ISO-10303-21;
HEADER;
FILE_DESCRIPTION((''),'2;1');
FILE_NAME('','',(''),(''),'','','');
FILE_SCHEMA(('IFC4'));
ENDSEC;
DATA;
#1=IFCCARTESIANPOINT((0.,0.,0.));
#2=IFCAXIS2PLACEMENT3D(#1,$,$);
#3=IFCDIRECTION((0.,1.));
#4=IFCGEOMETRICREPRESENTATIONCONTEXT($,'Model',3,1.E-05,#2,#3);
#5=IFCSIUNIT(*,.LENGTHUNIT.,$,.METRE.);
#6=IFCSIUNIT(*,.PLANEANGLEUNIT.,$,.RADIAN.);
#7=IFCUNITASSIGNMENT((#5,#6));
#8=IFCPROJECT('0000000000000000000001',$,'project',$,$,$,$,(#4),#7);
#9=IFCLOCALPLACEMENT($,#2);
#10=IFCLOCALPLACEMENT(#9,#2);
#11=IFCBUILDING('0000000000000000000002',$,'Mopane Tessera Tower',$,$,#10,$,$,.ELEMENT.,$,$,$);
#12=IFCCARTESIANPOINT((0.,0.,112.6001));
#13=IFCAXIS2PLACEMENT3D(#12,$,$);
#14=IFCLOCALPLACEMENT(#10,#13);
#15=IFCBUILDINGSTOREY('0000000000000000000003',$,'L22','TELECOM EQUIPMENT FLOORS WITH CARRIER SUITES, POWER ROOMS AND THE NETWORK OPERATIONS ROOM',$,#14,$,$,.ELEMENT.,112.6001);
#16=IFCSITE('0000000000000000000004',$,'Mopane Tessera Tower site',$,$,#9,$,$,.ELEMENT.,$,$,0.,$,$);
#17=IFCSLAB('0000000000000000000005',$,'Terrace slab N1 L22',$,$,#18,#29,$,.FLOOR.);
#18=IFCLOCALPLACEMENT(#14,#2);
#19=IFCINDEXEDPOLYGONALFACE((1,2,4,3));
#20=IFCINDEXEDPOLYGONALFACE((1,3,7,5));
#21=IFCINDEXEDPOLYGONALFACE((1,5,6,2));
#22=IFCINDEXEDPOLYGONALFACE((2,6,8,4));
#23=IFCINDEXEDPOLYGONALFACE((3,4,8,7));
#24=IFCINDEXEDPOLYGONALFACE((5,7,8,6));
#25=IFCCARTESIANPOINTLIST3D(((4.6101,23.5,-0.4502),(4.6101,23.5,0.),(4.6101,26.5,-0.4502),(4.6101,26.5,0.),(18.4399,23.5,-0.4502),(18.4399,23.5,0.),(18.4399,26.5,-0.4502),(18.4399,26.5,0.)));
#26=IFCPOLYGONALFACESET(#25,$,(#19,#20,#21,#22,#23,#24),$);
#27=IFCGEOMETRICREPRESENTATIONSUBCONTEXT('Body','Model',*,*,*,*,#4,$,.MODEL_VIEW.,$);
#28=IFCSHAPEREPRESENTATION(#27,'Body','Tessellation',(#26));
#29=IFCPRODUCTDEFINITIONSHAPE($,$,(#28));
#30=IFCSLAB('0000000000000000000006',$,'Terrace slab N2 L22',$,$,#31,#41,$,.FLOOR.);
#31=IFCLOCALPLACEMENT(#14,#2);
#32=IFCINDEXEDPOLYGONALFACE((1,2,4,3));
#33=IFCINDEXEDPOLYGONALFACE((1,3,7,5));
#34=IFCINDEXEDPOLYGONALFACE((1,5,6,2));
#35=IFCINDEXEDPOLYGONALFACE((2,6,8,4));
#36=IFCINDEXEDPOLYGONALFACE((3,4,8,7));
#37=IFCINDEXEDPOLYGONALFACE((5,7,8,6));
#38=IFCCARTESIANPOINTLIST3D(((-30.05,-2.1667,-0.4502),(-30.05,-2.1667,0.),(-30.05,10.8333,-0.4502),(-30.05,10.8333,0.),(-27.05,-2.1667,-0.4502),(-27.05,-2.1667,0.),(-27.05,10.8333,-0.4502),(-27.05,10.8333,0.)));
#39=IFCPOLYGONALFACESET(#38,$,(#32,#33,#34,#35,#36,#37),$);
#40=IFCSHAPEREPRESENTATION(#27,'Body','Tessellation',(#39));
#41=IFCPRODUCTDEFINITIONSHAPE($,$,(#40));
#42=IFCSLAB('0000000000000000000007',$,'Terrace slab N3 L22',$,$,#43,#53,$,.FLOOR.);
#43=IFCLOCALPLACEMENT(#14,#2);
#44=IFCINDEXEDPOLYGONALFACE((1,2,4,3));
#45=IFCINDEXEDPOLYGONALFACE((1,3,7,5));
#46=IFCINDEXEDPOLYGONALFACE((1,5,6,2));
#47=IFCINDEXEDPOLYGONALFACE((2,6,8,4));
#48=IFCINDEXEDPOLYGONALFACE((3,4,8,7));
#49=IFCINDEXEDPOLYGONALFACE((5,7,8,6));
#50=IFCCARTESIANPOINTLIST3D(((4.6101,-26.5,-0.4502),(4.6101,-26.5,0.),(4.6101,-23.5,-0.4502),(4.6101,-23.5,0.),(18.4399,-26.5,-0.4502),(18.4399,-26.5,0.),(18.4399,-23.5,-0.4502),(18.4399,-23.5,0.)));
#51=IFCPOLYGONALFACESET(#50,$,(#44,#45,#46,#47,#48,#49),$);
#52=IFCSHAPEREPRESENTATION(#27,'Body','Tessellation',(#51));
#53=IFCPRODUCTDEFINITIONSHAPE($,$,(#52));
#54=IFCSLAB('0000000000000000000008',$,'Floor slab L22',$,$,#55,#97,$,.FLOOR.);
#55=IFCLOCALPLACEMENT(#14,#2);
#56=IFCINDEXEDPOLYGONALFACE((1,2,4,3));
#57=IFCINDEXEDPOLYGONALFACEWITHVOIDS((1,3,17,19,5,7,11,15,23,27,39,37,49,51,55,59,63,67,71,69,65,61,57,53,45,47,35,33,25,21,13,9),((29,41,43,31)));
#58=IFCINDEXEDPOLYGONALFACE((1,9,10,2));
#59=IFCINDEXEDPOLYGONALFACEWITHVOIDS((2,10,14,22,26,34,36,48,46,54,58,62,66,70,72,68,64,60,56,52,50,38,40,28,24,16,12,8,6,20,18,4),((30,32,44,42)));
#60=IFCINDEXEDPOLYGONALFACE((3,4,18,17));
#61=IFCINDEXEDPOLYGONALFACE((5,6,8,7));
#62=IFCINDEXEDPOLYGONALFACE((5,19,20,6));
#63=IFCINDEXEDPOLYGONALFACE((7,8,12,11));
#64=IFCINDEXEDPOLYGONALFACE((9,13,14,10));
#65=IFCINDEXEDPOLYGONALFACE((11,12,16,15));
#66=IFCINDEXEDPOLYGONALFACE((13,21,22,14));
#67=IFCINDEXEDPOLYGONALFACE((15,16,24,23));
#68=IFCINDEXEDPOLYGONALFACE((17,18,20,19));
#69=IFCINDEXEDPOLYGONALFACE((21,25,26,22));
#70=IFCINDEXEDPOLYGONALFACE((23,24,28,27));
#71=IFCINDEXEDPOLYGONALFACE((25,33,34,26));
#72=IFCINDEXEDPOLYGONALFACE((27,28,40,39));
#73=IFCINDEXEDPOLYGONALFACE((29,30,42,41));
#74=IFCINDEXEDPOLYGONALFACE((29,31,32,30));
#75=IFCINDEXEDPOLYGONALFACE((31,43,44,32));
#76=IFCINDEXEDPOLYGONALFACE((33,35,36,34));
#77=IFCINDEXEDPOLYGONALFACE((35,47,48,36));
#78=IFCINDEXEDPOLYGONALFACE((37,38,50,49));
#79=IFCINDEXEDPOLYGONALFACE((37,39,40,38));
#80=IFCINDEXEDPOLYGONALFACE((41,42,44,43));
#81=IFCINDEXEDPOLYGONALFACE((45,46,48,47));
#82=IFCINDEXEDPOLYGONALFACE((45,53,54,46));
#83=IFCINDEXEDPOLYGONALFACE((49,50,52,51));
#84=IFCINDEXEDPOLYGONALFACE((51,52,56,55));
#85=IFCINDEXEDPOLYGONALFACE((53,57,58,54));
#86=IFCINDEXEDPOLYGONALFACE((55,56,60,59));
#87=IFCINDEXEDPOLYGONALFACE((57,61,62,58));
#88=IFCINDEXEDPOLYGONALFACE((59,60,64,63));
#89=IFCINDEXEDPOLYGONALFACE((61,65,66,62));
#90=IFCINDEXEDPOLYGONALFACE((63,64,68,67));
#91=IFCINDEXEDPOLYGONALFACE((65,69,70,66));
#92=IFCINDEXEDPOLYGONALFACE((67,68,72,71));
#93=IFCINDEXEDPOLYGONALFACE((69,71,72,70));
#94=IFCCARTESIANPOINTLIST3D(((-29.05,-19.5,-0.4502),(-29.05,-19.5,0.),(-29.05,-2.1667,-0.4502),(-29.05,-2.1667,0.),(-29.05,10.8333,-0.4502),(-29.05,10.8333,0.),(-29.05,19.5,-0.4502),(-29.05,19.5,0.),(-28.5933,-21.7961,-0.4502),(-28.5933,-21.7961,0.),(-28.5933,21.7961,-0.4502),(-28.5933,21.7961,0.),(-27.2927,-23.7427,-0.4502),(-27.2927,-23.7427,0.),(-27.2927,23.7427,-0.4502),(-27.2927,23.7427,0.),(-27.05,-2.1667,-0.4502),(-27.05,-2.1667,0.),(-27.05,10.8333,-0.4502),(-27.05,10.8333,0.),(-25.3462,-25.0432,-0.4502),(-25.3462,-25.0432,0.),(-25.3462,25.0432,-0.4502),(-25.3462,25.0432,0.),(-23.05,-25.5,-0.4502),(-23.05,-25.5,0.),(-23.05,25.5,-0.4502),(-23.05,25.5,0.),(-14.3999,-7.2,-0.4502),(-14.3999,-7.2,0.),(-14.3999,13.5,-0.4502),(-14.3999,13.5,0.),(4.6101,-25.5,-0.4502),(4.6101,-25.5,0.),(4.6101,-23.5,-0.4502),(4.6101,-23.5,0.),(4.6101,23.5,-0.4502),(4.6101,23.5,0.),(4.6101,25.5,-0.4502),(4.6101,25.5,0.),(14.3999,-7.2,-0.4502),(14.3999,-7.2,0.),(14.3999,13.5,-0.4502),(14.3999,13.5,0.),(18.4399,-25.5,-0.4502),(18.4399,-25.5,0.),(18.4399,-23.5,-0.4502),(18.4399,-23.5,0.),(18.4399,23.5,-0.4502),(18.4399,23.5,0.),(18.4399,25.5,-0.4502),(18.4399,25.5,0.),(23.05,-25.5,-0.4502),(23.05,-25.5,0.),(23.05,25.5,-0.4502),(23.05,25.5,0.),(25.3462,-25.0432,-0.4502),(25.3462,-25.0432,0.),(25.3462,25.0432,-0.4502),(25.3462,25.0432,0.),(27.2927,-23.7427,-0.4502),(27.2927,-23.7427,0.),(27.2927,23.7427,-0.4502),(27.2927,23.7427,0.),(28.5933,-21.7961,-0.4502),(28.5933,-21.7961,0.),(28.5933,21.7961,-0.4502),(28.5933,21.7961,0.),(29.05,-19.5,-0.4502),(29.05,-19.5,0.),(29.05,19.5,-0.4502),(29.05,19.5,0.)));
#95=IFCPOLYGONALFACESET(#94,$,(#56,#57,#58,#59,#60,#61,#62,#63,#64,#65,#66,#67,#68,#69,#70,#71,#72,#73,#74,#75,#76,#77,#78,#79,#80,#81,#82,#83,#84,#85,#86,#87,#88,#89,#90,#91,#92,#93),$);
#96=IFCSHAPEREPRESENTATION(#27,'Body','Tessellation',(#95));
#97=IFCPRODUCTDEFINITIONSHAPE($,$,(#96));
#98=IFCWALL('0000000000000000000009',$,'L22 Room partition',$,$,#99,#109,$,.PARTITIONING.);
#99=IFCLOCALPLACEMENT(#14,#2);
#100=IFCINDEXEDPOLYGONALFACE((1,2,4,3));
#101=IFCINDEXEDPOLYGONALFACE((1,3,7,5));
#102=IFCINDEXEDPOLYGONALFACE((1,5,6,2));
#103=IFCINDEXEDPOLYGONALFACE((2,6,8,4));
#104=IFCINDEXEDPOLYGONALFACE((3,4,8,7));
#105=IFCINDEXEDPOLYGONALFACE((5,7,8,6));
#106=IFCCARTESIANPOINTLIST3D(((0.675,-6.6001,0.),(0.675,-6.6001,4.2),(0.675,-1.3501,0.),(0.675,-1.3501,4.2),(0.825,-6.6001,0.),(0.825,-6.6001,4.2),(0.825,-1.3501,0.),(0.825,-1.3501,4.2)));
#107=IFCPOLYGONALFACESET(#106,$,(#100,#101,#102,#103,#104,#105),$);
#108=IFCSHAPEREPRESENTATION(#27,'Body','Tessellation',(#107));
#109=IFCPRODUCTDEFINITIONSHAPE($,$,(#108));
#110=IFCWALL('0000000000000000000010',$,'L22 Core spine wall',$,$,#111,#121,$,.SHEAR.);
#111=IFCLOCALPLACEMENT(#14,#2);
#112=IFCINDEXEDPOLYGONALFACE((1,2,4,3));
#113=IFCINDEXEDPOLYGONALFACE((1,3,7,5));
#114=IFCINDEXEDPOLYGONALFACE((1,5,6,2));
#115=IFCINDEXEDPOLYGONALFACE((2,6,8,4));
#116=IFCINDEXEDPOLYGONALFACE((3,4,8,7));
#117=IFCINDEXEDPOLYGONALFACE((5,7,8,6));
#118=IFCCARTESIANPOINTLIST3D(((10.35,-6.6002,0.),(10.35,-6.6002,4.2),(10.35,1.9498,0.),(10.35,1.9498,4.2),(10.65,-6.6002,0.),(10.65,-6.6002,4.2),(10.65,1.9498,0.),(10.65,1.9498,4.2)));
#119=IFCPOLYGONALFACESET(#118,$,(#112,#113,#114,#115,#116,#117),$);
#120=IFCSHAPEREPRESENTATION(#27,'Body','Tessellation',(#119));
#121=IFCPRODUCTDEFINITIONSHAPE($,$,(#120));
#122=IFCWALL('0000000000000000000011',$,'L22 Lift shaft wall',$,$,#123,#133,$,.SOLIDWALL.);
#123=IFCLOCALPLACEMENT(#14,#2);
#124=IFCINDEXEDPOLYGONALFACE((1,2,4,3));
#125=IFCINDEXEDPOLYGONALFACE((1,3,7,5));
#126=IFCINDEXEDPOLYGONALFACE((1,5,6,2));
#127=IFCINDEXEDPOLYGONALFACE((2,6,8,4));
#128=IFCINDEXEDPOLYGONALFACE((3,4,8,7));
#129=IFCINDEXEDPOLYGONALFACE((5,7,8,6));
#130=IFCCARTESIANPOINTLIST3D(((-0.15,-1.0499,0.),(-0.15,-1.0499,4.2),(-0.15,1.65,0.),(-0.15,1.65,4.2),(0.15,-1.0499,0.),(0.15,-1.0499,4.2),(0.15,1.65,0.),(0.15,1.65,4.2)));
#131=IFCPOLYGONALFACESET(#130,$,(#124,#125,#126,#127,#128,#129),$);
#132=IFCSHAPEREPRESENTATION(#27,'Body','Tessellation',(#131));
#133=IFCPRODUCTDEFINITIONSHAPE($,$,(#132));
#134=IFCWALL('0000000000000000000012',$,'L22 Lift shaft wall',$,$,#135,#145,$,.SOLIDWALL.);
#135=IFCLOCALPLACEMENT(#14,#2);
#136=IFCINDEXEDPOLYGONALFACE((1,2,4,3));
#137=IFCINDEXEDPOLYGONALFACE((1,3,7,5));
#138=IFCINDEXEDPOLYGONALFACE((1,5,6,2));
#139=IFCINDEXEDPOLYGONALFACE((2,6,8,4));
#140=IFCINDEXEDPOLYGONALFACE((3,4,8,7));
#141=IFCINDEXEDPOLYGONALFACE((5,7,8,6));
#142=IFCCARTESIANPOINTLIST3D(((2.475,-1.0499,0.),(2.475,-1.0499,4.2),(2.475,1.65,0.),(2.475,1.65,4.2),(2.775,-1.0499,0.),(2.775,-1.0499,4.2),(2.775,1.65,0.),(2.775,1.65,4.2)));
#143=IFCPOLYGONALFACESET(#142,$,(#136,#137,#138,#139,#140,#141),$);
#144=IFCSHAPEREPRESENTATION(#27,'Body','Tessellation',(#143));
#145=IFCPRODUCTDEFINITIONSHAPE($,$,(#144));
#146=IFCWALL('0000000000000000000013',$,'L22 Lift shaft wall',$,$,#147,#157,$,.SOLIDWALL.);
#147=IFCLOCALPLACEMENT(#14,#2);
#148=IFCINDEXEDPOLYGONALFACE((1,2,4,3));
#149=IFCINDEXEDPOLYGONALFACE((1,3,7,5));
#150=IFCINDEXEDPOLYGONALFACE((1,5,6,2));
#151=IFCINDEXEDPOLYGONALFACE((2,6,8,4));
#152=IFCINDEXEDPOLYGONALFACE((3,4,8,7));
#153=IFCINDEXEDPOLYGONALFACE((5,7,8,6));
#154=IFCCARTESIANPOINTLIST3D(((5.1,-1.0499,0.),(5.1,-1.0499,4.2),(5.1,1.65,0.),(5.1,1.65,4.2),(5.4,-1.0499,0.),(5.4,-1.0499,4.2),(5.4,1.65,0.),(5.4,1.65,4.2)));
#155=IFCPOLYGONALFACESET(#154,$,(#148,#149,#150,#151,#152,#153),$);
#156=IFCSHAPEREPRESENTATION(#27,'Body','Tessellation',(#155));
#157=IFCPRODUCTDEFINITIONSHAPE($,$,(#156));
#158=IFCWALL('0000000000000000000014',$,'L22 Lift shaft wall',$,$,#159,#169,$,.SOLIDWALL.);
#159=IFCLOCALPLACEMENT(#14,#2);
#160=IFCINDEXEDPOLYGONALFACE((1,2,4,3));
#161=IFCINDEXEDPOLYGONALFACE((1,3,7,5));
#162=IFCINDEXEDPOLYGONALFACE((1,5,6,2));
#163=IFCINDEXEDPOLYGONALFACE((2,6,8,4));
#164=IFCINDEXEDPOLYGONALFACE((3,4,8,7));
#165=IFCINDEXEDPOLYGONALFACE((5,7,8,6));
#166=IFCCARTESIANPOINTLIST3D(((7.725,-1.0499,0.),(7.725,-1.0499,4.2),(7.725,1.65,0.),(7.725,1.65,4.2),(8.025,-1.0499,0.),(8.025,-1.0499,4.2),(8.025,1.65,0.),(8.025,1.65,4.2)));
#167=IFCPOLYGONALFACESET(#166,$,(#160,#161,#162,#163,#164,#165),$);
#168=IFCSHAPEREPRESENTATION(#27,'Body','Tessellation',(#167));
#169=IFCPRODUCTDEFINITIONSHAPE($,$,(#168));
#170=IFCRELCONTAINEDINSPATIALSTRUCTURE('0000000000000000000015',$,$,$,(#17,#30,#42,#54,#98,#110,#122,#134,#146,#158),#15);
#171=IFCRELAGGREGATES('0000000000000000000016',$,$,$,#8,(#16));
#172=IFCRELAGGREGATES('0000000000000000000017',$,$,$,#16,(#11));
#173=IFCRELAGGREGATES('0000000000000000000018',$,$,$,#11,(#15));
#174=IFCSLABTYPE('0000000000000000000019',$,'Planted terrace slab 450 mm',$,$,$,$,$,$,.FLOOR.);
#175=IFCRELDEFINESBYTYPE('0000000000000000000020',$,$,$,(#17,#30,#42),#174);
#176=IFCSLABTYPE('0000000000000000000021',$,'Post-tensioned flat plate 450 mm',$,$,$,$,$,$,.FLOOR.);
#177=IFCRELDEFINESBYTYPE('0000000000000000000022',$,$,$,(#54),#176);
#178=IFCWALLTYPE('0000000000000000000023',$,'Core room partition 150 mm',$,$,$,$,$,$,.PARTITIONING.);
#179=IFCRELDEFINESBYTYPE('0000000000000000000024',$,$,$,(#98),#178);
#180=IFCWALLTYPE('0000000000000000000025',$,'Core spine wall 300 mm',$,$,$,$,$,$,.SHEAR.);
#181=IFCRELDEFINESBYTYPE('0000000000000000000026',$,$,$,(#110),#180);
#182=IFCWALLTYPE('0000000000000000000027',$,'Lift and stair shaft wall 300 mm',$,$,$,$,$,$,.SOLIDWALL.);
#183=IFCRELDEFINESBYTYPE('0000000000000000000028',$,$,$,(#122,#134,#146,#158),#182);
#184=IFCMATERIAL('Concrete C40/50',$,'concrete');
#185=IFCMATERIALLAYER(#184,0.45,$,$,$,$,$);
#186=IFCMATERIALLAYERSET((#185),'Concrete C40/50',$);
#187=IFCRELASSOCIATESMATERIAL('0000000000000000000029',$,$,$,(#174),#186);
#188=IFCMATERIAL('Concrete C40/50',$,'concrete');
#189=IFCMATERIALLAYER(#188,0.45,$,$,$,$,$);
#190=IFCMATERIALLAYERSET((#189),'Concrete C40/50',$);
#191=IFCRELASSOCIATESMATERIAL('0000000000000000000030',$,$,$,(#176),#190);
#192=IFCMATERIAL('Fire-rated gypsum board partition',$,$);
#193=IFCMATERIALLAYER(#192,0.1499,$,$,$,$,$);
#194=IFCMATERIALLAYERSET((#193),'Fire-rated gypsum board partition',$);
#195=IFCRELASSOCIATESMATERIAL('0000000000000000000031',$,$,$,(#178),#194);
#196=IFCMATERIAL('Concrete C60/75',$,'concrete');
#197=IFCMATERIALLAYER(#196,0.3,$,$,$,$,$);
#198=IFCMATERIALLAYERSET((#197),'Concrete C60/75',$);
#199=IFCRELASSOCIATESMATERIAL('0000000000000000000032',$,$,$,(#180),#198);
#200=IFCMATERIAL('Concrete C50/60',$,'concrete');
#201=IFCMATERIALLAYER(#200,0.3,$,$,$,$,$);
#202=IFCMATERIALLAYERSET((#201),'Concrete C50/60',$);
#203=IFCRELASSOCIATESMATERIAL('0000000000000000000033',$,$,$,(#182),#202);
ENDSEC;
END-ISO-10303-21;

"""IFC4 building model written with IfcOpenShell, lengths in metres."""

from ifc_helpers import new_model, si_unit, direction, frame, frame_2d, origin, place, context, subcontext, project, spatial, polyline, rectangle, outline, extrude, material, layer, layer_set, type_object, element, save


model = new_model("IFC4")

# Units and contexts
model_context = context("Model", 3, precision=1e-05, world=origin(), true_north=direction((0.0, 1.0)))
body_context = subcontext(model_context, "Body", "Model", "MODEL_VIEW")
ifc_project = project(units=[si_unit("LENGTHUNIT", "METRE"), si_unit("PLANEANGLEUNIT", "RADIAN")], contexts=[model_context])

# Site, building, storey
site_placement = place(None, origin())
site = spatial("IfcSite", under=ifc_project, at=site_placement, Name="Mopane Tessera Tower site", CompositionType="ELEMENT", RefElevation=0.0)
building_placement = place(site_placement, origin())
building = spatial("IfcBuilding", under=site, at=building_placement, Name="Mopane Tessera Tower", CompositionType="ELEMENT")
storey_placement = place(building_placement, frame((0.0, 0.0, 112.6001)))
storey = spatial("IfcBuildingStorey", under=building, at=storey_placement, Name="L22", Description="TELECOM EQUIPMENT FLOORS WITH CARRIER SUITES, POWER ROOMS AND THE NETWORK OPERATIONS ROOM", CompositionType="ELEMENT", Elevation=112.6001)

# Slabs
ifc_material_1 = material(Name="Concrete C40/50", Category="concrete")
ifc_layer_1 = layer(ifc_material_1, 0.45)
ifc_layer_set_1 = layer_set([ifc_layer_1], Name="Concrete C40/50")
slab_type_1 = type_object("IfcSlabType", Name="Planted terrace slab 450 mm", PredefinedType="FLOOR", material=ifc_layer_set_1)
slab_1_placement = place(storey_placement, frame((0.0, 0.0, -0.4502)))
element("IfcSlab", 1, at=slab_1_placement, inside=storey, type_object=slab_type_1, Name="Terrace slab N1 L22", PredefinedType="FLOOR", context=body_context, shape_type="SweptSolid", body=[
    extrude(outline(polyline([(4.6101, 26.5), (4.6101, 23.5), (18.4399, 23.5), (18.4399, 26.5), (4.6101, 26.5)])), origin(), (0.0, 0.0, 1.0), 0.4502),
])
slab_2_placement = place(storey_placement, frame((0.0, 0.0, -0.4502)))
element("IfcSlab", 2, at=slab_2_placement, inside=storey, type_object=slab_type_1, Name="Terrace slab N2 L22", PredefinedType="FLOOR", context=body_context, shape_type="SweptSolid", body=[
    extrude(outline(polyline([(-30.05, -2.1667), (-27.05, -2.1667), (-27.05, 10.8333), (-30.05, 10.8333), (-30.05, -2.1667)])), origin(), (0.0, 0.0, 1.0), 0.4502),
])
slab_3_placement = place(storey_placement, frame((0.0, 0.0, -0.4502)))
element("IfcSlab", 3, at=slab_3_placement, inside=storey, type_object=slab_type_1, Name="Terrace slab N3 L22", PredefinedType="FLOOR", context=body_context, shape_type="SweptSolid", body=[
    extrude(outline(polyline([(18.4399, -26.5), (18.4399, -23.5), (4.6101, -23.5), (4.6101, -26.5), (18.4399, -26.5)])), origin(), (0.0, 0.0, 1.0), 0.4502),
])
ifc_material_2 = material(Name="Concrete C40/50", Category="concrete")
ifc_layer_2 = layer(ifc_material_2, 0.45)
ifc_layer_set_2 = layer_set([ifc_layer_2], Name="Concrete C40/50")
slab_type_2 = type_object("IfcSlabType", Name="Post-tensioned flat plate 450 mm", PredefinedType="FLOOR", material=ifc_layer_set_2)
slab_4_placement = place(storey_placement, frame((0.0, 0.0, -0.4502)))
element("IfcSlab", 4, at=slab_4_placement, inside=storey, type_object=slab_type_2, Name="Floor slab L22", PredefinedType="FLOOR", context=body_context, shape_type="SweptSolid", body=[
    extrude(outline(polyline([(-23.05, -25.5), (4.6101, -25.5), (4.6101, -23.5), (18.4399, -23.5), (18.4399, -25.5), (23.05, -25.5), (25.3462, -25.0432), (27.2927, -23.7427), (28.5933, -21.7961), (29.05, -19.5), (29.05, 19.5), (28.5933, 21.7961), (27.2927, 23.7427), (25.3462, 25.0432), (23.05, 25.5), (18.4399, 25.5), (18.4399, 23.5), (4.6101, 23.5), (4.6101, 25.5), (-23.05, 25.5), (-25.3462, 25.0432), (-27.2927, 23.7427), (-28.5933, 21.7961), (-29.05, 19.5), (-29.05, 10.8333), (-27.05, 10.8333), (-27.05, -2.1667), (-29.05, -2.1667), (-29.05, -19.5), (-28.5933, -21.7961), (-27.2927, -23.7427), (-25.3462, -25.0432), (-23.05, -25.5)]), holes=[polyline([(14.3999, -7.2), (-14.3999, -7.2), (-14.3999, 13.5), (14.3999, 13.5), (14.3999, -7.2)])]), origin(), (0.0, 0.0, 1.0), 0.4502),
])

# Walls
ifc_material_3 = material(Name="Fire-rated gypsum board partition")
ifc_layer_3 = layer(ifc_material_3, 0.1499)
ifc_layer_set_3 = layer_set([ifc_layer_3], Name="Fire-rated gypsum board partition")
wall_type_1 = type_object("IfcWallType", Name="Core room partition 150 mm", PredefinedType="PARTITIONING", material=ifc_layer_set_3)
wall_1_placement = place(storey_placement, frame((0.75, -6.6001, 0.0), z_axis=(0.0, 0.0, 1.0), x_axis=(0.0, 1.0, 0.0)))
element("IfcWall", 5, at=wall_1_placement, inside=storey, type_object=wall_type_1, Name="L22 Room partition", PredefinedType="PARTITIONING", context=body_context, shape_type="SweptSolid", body=[
    extrude(rectangle(XDim=5.25, YDim=0.1499, at=frame_2d((2.625, 0.0))), origin(), (0.0, 0.0, 1.0), 4.2),
])
ifc_material_4 = material(Name="Concrete C60/75", Category="concrete")
ifc_layer_4 = layer(ifc_material_4, 0.3)
ifc_layer_set_4 = layer_set([ifc_layer_4], Name="Concrete C60/75")
wall_type_2 = type_object("IfcWallType", Name="Core spine wall 300 mm", PredefinedType="SHEAR", material=ifc_layer_set_4)
wall_2_placement = place(storey_placement, frame((10.5, -6.6001, 0.0), z_axis=(0.0, 0.0, 1.0), x_axis=(0.0, 1.0, 0.0)))
element("IfcWall", 6, at=wall_2_placement, inside=storey, type_object=wall_type_2, Name="L22 Core spine wall", PredefinedType="SHEAR", context=body_context, shape_type="SweptSolid", body=[
    extrude(rectangle(XDim=8.55, YDim=0.3, at=frame_2d((4.2749, 0.0))), origin(), (0.0, 0.0, 1.0), 4.2),
])
ifc_material_5 = material(Name="Concrete C50/60", Category="concrete")
ifc_layer_5 = layer(ifc_material_5, 0.3)
ifc_layer_set_5 = layer_set([ifc_layer_5], Name="Concrete C50/60")
wall_type_3 = type_object("IfcWallType", Name="Lift and stair shaft wall 300 mm", PredefinedType="SOLIDWALL", material=ifc_layer_set_5)
for number, where, z_axis, x_axis, name in (
    (7, (0.0, -1.05, 0.0), (0.0, 0.0, 1.0), (0.0, 1.0, 0.0), "L22 Lift shaft wall"),
    (8, (2.625, -1.05, 0.0), (0.0, 0.0, 1.0), (0.0, 1.0, 0.0), "L22 Lift shaft wall"),
    (9, (5.25, -1.05, 0.0), (0.0, 0.0, 1.0), (0.0, 1.0, 0.0), "L22 Lift shaft wall"),
    (10, (7.875, -1.05, 0.0), (0.0, 0.0, 1.0), (0.0, 1.0, 0.0), "L22 Lift shaft wall"),
):
    element("IfcWall", number, at=place(storey_placement, frame(where, z_axis=z_axis, x_axis=x_axis)), inside=storey, type_object=wall_type_3, Name=name, PredefinedType="SOLIDWALL", context=body_context, shape_type="SweptSolid", body=[
        extrude(rectangle(XDim=2.7, YDim=0.3, at=frame_2d((1.3501, 0.0))), origin(), (0.0, 0.0, 1.0), 4.2),
    ])

save(model, "model.ifc")
